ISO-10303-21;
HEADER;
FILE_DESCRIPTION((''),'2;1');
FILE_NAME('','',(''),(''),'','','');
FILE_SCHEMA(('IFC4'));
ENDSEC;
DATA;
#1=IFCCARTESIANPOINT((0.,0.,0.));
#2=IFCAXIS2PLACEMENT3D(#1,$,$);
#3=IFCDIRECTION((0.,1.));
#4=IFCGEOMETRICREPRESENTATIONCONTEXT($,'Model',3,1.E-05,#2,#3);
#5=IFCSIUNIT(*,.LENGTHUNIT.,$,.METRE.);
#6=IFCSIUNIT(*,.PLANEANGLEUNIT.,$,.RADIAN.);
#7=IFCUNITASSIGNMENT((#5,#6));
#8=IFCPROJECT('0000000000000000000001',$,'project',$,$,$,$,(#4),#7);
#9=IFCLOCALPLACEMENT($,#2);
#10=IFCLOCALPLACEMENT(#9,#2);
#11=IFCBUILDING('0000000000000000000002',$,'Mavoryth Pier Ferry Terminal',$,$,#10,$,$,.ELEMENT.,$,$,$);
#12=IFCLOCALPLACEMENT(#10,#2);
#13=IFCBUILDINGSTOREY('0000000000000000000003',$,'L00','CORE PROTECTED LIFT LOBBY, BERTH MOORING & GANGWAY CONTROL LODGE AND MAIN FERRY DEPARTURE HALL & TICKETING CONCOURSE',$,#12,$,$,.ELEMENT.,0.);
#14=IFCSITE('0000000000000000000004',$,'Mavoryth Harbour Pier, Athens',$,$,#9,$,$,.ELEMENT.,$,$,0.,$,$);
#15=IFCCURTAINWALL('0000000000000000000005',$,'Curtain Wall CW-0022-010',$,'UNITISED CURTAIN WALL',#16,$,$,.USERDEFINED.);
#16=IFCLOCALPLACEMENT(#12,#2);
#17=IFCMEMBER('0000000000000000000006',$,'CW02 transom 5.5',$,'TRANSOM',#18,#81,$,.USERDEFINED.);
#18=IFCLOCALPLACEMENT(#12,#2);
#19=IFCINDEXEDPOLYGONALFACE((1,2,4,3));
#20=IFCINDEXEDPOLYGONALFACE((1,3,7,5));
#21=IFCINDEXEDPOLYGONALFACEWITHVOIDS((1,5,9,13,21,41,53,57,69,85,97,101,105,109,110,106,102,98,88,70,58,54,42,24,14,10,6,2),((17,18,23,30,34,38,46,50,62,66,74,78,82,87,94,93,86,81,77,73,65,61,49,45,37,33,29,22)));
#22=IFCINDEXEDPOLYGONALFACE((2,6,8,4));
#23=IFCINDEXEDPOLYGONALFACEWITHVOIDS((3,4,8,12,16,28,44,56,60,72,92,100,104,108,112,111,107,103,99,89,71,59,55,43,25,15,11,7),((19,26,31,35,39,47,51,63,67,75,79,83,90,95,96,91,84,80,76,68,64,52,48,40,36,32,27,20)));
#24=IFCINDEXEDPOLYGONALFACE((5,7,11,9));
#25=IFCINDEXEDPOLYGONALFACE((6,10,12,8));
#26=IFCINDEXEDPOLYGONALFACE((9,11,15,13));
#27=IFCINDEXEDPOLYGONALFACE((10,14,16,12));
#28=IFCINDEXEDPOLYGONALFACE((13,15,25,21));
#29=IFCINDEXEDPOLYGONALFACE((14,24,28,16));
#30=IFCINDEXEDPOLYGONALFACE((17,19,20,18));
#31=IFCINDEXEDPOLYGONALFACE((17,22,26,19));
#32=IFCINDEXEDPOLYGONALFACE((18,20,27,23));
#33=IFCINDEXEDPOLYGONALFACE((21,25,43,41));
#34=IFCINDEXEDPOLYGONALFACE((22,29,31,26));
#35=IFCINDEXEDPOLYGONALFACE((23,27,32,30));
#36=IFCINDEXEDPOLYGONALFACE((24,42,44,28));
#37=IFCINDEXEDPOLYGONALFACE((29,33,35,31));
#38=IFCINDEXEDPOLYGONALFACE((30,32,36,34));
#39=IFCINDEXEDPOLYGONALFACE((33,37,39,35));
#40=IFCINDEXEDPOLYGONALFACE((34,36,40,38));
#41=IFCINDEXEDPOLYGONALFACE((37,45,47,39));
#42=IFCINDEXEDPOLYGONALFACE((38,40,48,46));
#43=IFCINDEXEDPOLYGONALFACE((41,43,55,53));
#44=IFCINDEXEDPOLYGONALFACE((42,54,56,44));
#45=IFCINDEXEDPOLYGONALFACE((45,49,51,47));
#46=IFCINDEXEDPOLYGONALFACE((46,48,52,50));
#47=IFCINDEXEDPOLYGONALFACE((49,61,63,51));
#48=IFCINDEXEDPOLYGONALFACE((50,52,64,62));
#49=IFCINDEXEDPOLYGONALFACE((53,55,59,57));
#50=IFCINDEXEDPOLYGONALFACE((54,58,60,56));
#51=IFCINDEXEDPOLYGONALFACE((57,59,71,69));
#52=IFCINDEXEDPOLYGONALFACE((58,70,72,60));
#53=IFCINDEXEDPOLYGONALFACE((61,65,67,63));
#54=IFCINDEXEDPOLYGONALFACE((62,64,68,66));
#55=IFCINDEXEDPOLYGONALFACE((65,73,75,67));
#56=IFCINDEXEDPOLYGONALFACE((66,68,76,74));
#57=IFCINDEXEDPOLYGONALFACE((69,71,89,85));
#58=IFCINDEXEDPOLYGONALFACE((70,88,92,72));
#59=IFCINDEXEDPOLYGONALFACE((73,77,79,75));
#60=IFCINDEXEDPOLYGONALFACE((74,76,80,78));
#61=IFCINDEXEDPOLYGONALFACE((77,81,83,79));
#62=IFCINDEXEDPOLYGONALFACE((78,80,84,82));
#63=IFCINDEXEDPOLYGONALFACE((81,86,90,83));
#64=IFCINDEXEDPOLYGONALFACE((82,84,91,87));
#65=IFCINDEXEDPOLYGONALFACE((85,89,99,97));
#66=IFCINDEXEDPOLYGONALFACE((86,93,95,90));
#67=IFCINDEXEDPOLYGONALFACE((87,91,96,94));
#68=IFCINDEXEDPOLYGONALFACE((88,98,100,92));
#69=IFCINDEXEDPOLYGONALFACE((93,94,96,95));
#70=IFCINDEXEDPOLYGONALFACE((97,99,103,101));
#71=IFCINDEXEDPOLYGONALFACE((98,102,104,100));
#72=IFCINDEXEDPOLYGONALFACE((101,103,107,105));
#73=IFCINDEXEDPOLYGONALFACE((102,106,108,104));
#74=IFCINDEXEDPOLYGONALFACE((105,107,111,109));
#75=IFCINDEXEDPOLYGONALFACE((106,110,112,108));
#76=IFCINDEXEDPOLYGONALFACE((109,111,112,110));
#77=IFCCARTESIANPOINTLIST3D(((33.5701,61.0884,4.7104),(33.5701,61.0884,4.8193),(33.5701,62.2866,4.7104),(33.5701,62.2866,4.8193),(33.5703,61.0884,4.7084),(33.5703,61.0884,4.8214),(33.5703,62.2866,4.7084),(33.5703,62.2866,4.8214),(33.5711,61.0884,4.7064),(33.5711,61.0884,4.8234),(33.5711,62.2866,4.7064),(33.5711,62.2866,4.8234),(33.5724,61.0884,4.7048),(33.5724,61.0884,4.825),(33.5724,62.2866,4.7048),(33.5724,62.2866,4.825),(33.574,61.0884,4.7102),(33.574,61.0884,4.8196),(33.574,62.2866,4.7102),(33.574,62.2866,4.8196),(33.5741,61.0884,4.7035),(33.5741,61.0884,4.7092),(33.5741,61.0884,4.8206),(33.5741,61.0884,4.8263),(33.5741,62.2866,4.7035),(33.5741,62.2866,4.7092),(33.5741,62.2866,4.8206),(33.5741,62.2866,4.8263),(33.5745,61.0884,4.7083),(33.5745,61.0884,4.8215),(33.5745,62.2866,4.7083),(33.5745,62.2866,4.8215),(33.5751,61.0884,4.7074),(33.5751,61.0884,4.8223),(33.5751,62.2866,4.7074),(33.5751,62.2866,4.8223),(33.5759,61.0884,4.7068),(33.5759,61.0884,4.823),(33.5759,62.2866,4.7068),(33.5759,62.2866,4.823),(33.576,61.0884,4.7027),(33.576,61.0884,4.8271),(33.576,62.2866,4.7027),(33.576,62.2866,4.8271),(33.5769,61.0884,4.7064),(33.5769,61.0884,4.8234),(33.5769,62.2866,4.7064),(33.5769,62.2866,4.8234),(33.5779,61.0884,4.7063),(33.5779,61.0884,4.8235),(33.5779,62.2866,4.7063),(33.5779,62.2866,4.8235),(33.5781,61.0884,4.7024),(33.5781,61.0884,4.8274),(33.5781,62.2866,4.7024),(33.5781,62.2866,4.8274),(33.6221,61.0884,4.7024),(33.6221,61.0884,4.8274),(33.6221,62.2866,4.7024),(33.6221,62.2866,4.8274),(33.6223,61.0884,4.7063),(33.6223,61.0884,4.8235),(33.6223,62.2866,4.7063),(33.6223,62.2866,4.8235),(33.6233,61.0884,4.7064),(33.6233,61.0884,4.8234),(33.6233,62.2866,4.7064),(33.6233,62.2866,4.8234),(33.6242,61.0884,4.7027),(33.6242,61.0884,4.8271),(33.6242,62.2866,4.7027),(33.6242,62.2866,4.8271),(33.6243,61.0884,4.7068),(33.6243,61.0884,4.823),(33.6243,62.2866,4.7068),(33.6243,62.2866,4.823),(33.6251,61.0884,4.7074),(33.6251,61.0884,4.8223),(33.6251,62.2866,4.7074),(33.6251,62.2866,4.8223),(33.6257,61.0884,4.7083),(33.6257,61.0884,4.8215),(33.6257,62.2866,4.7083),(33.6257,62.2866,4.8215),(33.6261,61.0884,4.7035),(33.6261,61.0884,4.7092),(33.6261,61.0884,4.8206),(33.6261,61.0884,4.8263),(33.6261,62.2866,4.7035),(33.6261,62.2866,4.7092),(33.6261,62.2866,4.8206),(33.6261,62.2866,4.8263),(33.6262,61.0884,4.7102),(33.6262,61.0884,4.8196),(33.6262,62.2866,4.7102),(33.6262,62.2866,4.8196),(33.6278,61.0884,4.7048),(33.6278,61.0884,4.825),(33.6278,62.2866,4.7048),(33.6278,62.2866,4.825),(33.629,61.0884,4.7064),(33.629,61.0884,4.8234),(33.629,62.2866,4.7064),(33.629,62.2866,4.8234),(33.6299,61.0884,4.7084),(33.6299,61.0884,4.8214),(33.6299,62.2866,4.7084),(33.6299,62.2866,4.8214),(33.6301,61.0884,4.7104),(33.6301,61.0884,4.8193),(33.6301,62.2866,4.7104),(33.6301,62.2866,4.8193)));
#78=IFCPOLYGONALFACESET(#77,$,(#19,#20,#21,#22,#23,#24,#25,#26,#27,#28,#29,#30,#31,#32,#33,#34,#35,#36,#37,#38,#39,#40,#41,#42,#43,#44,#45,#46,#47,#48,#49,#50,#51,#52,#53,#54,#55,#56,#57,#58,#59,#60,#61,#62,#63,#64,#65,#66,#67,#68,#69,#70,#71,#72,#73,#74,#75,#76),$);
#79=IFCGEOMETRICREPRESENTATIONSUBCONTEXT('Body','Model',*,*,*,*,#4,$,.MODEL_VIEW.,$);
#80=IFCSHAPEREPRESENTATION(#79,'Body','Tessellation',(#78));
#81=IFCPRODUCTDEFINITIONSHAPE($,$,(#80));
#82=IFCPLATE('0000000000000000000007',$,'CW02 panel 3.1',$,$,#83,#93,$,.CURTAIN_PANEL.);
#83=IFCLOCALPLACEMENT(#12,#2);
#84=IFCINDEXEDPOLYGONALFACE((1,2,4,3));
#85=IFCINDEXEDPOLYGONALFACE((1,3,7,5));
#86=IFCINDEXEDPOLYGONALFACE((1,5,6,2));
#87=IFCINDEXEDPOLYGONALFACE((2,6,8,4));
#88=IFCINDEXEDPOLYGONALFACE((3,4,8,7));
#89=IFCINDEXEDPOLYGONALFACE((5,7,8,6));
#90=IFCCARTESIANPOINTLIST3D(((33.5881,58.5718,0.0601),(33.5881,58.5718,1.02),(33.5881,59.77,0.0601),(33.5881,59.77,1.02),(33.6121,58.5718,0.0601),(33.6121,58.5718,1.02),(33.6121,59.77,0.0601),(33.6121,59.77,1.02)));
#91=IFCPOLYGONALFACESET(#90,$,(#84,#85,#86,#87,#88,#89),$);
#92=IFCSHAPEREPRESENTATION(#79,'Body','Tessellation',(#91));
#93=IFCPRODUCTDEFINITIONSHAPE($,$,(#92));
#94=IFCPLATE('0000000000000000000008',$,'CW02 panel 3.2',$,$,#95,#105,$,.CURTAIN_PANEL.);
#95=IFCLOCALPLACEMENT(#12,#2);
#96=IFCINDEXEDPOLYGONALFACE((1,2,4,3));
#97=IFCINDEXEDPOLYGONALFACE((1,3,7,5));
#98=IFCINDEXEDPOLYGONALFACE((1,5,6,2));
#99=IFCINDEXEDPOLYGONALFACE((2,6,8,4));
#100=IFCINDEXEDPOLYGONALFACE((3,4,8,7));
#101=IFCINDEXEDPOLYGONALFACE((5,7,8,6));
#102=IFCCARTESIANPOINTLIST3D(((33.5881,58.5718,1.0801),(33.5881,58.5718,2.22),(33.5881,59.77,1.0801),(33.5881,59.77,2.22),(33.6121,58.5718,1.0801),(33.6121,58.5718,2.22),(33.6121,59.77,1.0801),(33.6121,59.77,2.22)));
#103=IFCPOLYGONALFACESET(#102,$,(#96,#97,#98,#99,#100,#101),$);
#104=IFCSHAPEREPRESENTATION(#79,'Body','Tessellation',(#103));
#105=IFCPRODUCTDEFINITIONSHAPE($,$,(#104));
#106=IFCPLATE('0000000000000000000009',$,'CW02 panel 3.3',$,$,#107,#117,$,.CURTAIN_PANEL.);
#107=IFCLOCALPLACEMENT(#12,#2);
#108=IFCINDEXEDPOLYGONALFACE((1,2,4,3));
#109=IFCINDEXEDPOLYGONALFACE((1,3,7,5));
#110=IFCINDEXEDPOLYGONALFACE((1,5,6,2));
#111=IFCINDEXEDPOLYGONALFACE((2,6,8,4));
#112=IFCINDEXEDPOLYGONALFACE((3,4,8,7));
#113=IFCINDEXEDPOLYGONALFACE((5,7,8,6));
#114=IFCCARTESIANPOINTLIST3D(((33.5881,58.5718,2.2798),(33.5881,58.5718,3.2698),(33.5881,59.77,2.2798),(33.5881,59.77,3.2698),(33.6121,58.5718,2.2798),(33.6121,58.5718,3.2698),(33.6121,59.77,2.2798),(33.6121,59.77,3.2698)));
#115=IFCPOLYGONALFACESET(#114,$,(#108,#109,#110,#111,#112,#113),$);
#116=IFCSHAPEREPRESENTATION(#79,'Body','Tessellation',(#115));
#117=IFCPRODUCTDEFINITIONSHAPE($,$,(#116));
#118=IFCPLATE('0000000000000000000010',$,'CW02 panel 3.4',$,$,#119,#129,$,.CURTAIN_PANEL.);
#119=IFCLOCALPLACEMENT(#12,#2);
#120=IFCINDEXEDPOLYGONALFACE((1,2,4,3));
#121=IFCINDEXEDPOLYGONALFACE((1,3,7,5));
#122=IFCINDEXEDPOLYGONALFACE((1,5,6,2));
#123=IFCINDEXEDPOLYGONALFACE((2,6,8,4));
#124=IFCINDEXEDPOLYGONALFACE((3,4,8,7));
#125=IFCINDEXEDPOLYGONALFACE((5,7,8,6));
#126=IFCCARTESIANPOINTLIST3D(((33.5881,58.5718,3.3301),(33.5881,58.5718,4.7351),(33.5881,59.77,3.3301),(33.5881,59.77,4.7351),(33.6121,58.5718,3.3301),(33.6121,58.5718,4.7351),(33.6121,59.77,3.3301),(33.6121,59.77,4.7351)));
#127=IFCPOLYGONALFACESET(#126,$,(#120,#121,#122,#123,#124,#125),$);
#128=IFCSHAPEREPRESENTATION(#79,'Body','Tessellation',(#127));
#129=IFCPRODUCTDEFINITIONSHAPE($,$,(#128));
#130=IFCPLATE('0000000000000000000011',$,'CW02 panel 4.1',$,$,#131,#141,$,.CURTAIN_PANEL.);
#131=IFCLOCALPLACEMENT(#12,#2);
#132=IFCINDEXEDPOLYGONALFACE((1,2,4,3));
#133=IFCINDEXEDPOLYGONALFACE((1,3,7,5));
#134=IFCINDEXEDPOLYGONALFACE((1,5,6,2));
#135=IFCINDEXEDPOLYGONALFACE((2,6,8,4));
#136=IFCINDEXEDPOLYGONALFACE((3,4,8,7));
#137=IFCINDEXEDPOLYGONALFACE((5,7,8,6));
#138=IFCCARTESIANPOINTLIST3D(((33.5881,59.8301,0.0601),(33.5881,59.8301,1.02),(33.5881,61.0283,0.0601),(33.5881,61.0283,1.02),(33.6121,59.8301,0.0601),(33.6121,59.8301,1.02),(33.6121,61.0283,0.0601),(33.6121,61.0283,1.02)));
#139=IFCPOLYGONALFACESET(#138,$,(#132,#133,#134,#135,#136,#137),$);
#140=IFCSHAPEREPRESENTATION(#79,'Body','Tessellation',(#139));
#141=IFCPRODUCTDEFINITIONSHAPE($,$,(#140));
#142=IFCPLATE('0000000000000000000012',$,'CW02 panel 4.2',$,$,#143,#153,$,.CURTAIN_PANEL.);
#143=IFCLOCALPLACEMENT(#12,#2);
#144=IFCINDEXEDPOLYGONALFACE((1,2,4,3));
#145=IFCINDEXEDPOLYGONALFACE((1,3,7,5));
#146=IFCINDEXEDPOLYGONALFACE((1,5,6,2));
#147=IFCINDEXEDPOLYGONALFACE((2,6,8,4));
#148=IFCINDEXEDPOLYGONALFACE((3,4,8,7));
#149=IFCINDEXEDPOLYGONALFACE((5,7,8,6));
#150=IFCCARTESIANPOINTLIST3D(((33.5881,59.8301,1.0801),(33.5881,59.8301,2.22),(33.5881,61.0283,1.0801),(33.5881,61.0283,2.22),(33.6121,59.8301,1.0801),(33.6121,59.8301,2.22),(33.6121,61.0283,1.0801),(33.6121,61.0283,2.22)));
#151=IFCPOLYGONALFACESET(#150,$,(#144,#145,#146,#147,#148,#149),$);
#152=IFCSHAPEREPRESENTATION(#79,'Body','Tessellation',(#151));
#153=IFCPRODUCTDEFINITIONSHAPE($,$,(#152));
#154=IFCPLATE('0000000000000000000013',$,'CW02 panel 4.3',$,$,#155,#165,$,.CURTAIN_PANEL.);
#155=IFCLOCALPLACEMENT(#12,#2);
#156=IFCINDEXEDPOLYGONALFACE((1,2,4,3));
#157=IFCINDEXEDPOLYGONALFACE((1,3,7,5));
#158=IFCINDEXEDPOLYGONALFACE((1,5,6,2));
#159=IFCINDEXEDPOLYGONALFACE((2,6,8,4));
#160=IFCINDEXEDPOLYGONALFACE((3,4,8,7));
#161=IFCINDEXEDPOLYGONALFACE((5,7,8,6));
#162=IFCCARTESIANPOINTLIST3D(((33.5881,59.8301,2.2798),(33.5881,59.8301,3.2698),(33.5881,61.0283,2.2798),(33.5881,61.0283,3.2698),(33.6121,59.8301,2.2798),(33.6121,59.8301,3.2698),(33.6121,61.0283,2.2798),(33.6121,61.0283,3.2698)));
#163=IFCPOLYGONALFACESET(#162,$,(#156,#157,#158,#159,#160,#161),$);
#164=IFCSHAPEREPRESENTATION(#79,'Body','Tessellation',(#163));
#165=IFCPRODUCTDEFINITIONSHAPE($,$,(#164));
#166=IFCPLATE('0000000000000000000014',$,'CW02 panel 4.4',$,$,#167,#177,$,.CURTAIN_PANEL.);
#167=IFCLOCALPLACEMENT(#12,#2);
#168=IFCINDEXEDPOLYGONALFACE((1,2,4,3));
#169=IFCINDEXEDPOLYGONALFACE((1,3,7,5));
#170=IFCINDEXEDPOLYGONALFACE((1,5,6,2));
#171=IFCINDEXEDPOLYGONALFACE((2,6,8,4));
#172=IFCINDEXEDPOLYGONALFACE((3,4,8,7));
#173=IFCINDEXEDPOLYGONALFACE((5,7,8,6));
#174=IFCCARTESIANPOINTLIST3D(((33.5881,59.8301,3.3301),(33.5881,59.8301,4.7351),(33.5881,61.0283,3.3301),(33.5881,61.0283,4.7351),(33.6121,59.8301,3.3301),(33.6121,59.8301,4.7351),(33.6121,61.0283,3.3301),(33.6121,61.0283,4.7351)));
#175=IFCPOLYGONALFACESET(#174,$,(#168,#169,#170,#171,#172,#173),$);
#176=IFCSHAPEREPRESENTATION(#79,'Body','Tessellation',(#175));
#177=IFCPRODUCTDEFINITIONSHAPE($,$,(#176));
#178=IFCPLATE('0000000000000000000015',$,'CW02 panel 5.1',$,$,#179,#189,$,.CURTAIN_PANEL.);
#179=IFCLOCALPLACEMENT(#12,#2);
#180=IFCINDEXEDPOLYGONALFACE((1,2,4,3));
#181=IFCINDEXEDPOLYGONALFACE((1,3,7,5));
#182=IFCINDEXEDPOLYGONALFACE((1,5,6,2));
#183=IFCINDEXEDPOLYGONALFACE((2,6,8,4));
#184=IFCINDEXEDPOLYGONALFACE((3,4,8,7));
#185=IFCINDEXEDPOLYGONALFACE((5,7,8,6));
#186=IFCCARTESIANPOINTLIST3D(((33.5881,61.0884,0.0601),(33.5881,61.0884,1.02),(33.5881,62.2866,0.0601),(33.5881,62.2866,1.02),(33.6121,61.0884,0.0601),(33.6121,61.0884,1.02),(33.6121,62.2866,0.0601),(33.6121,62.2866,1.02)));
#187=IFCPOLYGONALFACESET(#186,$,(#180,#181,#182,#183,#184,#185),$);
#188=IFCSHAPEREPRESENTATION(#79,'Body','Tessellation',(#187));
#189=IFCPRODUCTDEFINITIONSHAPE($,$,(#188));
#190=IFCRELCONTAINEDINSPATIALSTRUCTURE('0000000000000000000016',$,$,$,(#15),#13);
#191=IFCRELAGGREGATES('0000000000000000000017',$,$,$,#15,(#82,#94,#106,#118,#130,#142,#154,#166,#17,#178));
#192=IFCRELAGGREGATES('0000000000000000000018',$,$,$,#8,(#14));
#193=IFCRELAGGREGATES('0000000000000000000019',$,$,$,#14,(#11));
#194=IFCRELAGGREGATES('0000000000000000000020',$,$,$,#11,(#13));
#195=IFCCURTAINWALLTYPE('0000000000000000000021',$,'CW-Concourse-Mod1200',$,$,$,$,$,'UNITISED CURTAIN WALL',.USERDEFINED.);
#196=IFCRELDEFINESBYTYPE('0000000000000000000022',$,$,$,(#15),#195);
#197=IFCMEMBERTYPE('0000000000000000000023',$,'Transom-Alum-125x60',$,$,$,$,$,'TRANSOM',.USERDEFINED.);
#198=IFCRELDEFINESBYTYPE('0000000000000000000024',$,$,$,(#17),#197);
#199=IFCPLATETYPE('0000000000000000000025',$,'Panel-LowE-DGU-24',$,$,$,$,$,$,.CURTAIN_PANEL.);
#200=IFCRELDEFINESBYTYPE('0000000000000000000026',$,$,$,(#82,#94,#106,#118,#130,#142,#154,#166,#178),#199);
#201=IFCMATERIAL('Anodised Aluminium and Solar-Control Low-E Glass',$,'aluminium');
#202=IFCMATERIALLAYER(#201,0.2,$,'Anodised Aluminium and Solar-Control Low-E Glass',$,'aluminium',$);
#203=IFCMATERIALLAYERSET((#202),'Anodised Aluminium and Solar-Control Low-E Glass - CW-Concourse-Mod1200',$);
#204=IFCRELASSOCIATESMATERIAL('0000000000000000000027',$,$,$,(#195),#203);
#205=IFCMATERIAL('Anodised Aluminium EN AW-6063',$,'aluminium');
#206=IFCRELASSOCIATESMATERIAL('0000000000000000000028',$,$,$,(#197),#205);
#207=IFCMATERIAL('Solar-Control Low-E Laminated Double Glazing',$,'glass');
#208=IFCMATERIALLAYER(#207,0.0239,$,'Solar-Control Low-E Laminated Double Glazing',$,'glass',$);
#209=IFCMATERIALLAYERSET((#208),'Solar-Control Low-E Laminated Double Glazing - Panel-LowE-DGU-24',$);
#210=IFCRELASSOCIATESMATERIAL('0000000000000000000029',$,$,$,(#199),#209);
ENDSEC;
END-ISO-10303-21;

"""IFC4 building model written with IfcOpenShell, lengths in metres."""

from ifc_helpers import new_model, si_unit, direction, frame, origin, origin_2d, place, context, subcontext, project, spatial, rectangle, hollow_rectangle, extrude, material, layer, layer_set, material_profile, profile_set, type_object, element, aggregate, save


model = new_model("IFC4")

# Units and contexts
model_context = context("Model", 3, precision=1e-05, world=origin(), true_north=direction((0.0, 1.0)))
body_context = subcontext(model_context, "Body", "Model", "MODEL_VIEW")
ifc_project = project(units=[si_unit("LENGTHUNIT", "METRE"), si_unit("PLANEANGLEUNIT", "RADIAN")], contexts=[model_context])

# Site, building, storey
site_placement = place(None, origin())
site = spatial("IfcSite", under=ifc_project, at=site_placement, Name="Mavoryth Harbour Pier, Athens", CompositionType="ELEMENT", RefElevation=0.0)
building_placement = place(site_placement, origin())
building = spatial("IfcBuilding", under=site, at=building_placement, Name="Mavoryth Pier Ferry Terminal", CompositionType="ELEMENT")
storey_placement = place(building_placement, origin())
storey = spatial("IfcBuildingStorey", under=building, at=storey_placement, Name="L00", Description="CORE PROTECTED LIFT LOBBY, BERTH MOORING & GANGWAY CONTROL LODGE AND MAIN FERRY DEPARTURE HALL & TICKETING CONCOURSE", CompositionType="ELEMENT", Elevation=0.0)

# Curtain wall, member, plates
ifc_material_1 = material(Name="Anodised Aluminium and Solar-Control Low-E Glass", Category="aluminium")
ifc_layer_1 = layer(ifc_material_1, 0.2, Name="Anodised Aluminium and Solar-Control Low-E Glass", Category="aluminium")
ifc_layer_set_1 = layer_set([ifc_layer_1], Name="Anodised Aluminium and Solar-Control Low-E Glass - CW-Concourse-Mod1200")
curtain_wall_type = type_object("IfcCurtainWallType", Name="CW-Concourse-Mod1200", ElementType="UNITISED CURTAIN WALL", PredefinedType="USERDEFINED", material=ifc_layer_set_1)
curtain_wall_placement = place(storey_placement, origin())
curtain_wall = element("IfcCurtainWall", 1, at=curtain_wall_placement, inside=storey, type_object=curtain_wall_type, Name="Curtain Wall CW-0022-010", ObjectType="UNITISED CURTAIN WALL", PredefinedType="USERDEFINED")
ifc_material_2 = material(Name="Anodised Aluminium EN AW-6063", Category="aluminium")
ifc_material_profile_1 = material_profile(ifc_material_2, hollow_rectangle(XDim=0.0601, YDim=0.125, WallThickness=0.0039, InnerFilletRadius=0.0039, OuterFilletRadius=0.0081, at=origin_2d()), Name="AL-TRAN 125x60x4", Category="aluminium")
ifc_profile_set_1 = profile_set([ifc_material_profile_1], Name="Anodised Aluminium EN AW-6063 - AL-TRAN 125x60x4")
member_type_1 = type_object("IfcMemberType", Name="Transom-Alum-125x60", ElementType="TRANSOM", PredefinedType="USERDEFINED", material=ifc_profile_set_1)
member_1_placement = place(storey_placement, frame((33.6001, 61.0884, 4.7649), z_axis=(0.0, 1.0, 0.0), x_axis=(-1.0, 0.0, 0.0)))
member_1 = element("IfcMember", 2, at=member_1_placement, type_object=member_type_1, Name="CW02 transom 5.5", ObjectType="TRANSOM", PredefinedType="USERDEFINED", context=body_context, shape_type="SweptSolid", body=[
    extrude(hollow_rectangle(XDim=0.0601, YDim=0.125, WallThickness=0.0039, InnerFilletRadius=0.0039, OuterFilletRadius=0.0081, at=origin_2d()), origin(), (0.0, 0.0, 1.0), 1.1982),
])
ifc_material_3 = material(Name="Solar-Control Low-E Laminated Double Glazing", Category="glass")
ifc_layer_2 = layer(ifc_material_3, 0.0239, Name="Solar-Control Low-E Laminated Double Glazing", Category="glass")
ifc_layer_set_2 = layer_set([ifc_layer_2], Name="Solar-Control Low-E Laminated Double Glazing - Panel-LowE-DGU-24")
plate_type = type_object("IfcPlateType", Name="Panel-LowE-DGU-24", PredefinedType="CURTAIN_PANEL", material=ifc_layer_set_2)
plate_1_placement = place(storey_placement, frame((33.6001, 59.1709, 0.0601), z_axis=(0.0, 0.0, 1.0), x_axis=(0.0, 1.0, 0.0)))
plate_1 = element("IfcPlate", 3, at=plate_1_placement, type_object=plate_type, Name="CW02 panel 3.1", PredefinedType="CURTAIN_PANEL", context=body_context, shape_type="SweptSolid", body=[
    extrude(rectangle(XDim=1.1982, YDim=0.0239, at=origin_2d()), origin(), (0.0, 0.0, 1.0), 0.96),
])
plate_2_placement = place(storey_placement, frame((33.6001, 59.1709, 1.0801), z_axis=(0.0, 0.0, 1.0), x_axis=(0.0, 1.0, 0.0)))
plate_2 = element("IfcPlate", 4, at=plate_2_placement, type_object=plate_type, Name="CW02 panel 3.2", PredefinedType="CURTAIN_PANEL", context=body_context, shape_type="SweptSolid", body=[
    extrude(rectangle(XDim=1.1982, YDim=0.0239, at=origin_2d()), origin(), (0.0, 0.0, 1.0), 1.1399),
])
plate_3_placement = place(storey_placement, frame((33.6001, 59.1709, 2.2798), z_axis=(0.0, 0.0, 1.0), x_axis=(0.0, 1.0, 0.0)))
plate_3 = element("IfcPlate", 5, at=plate_3_placement, type_object=plate_type, Name="CW02 panel 3.3", PredefinedType="CURTAIN_PANEL", context=body_context, shape_type="SweptSolid", body=[
    extrude(rectangle(XDim=1.1982, YDim=0.0239, at=origin_2d()), origin(), (0.0, 0.0, 1.0), 0.99),
])
plate_4_placement = place(storey_placement, frame((33.6001, 59.1709, 3.3301), z_axis=(0.0, 0.0, 1.0), x_axis=(0.0, 1.0, 0.0)))
plate_4 = element("IfcPlate", 6, at=plate_4_placement, type_object=plate_type, Name="CW02 panel 3.4", PredefinedType="CURTAIN_PANEL", context=body_context, shape_type="SweptSolid", body=[
    extrude(rectangle(XDim=1.1982, YDim=0.0239, at=origin_2d()), origin(), (0.0, 0.0, 1.0), 1.405),
])
plate_5_placement = place(storey_placement, frame((33.6001, 60.4292, 0.0601), z_axis=(0.0, 0.0, 1.0), x_axis=(0.0, 1.0, 0.0)))
plate_5 = element("IfcPlate", 7, at=plate_5_placement, type_object=plate_type, Name="CW02 panel 4.1", PredefinedType="CURTAIN_PANEL", context=body_context, shape_type="SweptSolid", body=[
    extrude(rectangle(XDim=1.1982, YDim=0.0239, at=origin_2d()), origin(), (0.0, 0.0, 1.0), 0.96),
])
plate_6_placement = place(storey_placement, frame((33.6001, 60.4292, 1.0801), z_axis=(0.0, 0.0, 1.0), x_axis=(0.0, 1.0, 0.0)))
plate_6 = element("IfcPlate", 8, at=plate_6_placement, type_object=plate_type, Name="CW02 panel 4.2", PredefinedType="CURTAIN_PANEL", context=body_context, shape_type="SweptSolid", body=[
    extrude(rectangle(XDim=1.1982, YDim=0.0239, at=origin_2d()), origin(), (0.0, 0.0, 1.0), 1.1399),
])
plate_7_placement = place(storey_placement, frame((33.6001, 60.4292, 2.2798), z_axis=(0.0, 0.0, 1.0), x_axis=(0.0, 1.0, 0.0)))
plate_7 = element("IfcPlate", 9, at=plate_7_placement, type_object=plate_type, Name="CW02 panel 4.3", PredefinedType="CURTAIN_PANEL", context=body_context, shape_type="SweptSolid", body=[
    extrude(rectangle(XDim=1.1982, YDim=0.0239, at=origin_2d()), origin(), (0.0, 0.0, 1.0), 0.99),
])
plate_8_placement = place(storey_placement, frame((33.6001, 60.4292, 3.3301), z_axis=(0.0, 0.0, 1.0), x_axis=(0.0, 1.0, 0.0)))
plate_8 = element("IfcPlate", 10, at=plate_8_placement, type_object=plate_type, Name="CW02 panel 4.4", PredefinedType="CURTAIN_PANEL", context=body_context, shape_type="SweptSolid", body=[
    extrude(rectangle(XDim=1.1982, YDim=0.0239, at=origin_2d()), origin(), (0.0, 0.0, 1.0), 1.405),
])
plate_9_placement = place(storey_placement, frame((33.6001, 61.6875, 0.0601), z_axis=(0.0, 0.0, 1.0), x_axis=(0.0, 1.0, 0.0)))
plate_9 = element("IfcPlate", 11, at=plate_9_placement, type_object=plate_type, Name="CW02 panel 5.1", PredefinedType="CURTAIN_PANEL", context=body_context, shape_type="SweptSolid", body=[
    extrude(rectangle(XDim=1.1982, YDim=0.0239, at=origin_2d()), origin(), (0.0, 0.0, 1.0), 0.96),
])
aggregate(curtain_wall, [plate_1, plate_2, plate_3, plate_4, plate_5, plate_6, plate_7, plate_8, member_1, plate_9])

save(model, "model.ifc")
